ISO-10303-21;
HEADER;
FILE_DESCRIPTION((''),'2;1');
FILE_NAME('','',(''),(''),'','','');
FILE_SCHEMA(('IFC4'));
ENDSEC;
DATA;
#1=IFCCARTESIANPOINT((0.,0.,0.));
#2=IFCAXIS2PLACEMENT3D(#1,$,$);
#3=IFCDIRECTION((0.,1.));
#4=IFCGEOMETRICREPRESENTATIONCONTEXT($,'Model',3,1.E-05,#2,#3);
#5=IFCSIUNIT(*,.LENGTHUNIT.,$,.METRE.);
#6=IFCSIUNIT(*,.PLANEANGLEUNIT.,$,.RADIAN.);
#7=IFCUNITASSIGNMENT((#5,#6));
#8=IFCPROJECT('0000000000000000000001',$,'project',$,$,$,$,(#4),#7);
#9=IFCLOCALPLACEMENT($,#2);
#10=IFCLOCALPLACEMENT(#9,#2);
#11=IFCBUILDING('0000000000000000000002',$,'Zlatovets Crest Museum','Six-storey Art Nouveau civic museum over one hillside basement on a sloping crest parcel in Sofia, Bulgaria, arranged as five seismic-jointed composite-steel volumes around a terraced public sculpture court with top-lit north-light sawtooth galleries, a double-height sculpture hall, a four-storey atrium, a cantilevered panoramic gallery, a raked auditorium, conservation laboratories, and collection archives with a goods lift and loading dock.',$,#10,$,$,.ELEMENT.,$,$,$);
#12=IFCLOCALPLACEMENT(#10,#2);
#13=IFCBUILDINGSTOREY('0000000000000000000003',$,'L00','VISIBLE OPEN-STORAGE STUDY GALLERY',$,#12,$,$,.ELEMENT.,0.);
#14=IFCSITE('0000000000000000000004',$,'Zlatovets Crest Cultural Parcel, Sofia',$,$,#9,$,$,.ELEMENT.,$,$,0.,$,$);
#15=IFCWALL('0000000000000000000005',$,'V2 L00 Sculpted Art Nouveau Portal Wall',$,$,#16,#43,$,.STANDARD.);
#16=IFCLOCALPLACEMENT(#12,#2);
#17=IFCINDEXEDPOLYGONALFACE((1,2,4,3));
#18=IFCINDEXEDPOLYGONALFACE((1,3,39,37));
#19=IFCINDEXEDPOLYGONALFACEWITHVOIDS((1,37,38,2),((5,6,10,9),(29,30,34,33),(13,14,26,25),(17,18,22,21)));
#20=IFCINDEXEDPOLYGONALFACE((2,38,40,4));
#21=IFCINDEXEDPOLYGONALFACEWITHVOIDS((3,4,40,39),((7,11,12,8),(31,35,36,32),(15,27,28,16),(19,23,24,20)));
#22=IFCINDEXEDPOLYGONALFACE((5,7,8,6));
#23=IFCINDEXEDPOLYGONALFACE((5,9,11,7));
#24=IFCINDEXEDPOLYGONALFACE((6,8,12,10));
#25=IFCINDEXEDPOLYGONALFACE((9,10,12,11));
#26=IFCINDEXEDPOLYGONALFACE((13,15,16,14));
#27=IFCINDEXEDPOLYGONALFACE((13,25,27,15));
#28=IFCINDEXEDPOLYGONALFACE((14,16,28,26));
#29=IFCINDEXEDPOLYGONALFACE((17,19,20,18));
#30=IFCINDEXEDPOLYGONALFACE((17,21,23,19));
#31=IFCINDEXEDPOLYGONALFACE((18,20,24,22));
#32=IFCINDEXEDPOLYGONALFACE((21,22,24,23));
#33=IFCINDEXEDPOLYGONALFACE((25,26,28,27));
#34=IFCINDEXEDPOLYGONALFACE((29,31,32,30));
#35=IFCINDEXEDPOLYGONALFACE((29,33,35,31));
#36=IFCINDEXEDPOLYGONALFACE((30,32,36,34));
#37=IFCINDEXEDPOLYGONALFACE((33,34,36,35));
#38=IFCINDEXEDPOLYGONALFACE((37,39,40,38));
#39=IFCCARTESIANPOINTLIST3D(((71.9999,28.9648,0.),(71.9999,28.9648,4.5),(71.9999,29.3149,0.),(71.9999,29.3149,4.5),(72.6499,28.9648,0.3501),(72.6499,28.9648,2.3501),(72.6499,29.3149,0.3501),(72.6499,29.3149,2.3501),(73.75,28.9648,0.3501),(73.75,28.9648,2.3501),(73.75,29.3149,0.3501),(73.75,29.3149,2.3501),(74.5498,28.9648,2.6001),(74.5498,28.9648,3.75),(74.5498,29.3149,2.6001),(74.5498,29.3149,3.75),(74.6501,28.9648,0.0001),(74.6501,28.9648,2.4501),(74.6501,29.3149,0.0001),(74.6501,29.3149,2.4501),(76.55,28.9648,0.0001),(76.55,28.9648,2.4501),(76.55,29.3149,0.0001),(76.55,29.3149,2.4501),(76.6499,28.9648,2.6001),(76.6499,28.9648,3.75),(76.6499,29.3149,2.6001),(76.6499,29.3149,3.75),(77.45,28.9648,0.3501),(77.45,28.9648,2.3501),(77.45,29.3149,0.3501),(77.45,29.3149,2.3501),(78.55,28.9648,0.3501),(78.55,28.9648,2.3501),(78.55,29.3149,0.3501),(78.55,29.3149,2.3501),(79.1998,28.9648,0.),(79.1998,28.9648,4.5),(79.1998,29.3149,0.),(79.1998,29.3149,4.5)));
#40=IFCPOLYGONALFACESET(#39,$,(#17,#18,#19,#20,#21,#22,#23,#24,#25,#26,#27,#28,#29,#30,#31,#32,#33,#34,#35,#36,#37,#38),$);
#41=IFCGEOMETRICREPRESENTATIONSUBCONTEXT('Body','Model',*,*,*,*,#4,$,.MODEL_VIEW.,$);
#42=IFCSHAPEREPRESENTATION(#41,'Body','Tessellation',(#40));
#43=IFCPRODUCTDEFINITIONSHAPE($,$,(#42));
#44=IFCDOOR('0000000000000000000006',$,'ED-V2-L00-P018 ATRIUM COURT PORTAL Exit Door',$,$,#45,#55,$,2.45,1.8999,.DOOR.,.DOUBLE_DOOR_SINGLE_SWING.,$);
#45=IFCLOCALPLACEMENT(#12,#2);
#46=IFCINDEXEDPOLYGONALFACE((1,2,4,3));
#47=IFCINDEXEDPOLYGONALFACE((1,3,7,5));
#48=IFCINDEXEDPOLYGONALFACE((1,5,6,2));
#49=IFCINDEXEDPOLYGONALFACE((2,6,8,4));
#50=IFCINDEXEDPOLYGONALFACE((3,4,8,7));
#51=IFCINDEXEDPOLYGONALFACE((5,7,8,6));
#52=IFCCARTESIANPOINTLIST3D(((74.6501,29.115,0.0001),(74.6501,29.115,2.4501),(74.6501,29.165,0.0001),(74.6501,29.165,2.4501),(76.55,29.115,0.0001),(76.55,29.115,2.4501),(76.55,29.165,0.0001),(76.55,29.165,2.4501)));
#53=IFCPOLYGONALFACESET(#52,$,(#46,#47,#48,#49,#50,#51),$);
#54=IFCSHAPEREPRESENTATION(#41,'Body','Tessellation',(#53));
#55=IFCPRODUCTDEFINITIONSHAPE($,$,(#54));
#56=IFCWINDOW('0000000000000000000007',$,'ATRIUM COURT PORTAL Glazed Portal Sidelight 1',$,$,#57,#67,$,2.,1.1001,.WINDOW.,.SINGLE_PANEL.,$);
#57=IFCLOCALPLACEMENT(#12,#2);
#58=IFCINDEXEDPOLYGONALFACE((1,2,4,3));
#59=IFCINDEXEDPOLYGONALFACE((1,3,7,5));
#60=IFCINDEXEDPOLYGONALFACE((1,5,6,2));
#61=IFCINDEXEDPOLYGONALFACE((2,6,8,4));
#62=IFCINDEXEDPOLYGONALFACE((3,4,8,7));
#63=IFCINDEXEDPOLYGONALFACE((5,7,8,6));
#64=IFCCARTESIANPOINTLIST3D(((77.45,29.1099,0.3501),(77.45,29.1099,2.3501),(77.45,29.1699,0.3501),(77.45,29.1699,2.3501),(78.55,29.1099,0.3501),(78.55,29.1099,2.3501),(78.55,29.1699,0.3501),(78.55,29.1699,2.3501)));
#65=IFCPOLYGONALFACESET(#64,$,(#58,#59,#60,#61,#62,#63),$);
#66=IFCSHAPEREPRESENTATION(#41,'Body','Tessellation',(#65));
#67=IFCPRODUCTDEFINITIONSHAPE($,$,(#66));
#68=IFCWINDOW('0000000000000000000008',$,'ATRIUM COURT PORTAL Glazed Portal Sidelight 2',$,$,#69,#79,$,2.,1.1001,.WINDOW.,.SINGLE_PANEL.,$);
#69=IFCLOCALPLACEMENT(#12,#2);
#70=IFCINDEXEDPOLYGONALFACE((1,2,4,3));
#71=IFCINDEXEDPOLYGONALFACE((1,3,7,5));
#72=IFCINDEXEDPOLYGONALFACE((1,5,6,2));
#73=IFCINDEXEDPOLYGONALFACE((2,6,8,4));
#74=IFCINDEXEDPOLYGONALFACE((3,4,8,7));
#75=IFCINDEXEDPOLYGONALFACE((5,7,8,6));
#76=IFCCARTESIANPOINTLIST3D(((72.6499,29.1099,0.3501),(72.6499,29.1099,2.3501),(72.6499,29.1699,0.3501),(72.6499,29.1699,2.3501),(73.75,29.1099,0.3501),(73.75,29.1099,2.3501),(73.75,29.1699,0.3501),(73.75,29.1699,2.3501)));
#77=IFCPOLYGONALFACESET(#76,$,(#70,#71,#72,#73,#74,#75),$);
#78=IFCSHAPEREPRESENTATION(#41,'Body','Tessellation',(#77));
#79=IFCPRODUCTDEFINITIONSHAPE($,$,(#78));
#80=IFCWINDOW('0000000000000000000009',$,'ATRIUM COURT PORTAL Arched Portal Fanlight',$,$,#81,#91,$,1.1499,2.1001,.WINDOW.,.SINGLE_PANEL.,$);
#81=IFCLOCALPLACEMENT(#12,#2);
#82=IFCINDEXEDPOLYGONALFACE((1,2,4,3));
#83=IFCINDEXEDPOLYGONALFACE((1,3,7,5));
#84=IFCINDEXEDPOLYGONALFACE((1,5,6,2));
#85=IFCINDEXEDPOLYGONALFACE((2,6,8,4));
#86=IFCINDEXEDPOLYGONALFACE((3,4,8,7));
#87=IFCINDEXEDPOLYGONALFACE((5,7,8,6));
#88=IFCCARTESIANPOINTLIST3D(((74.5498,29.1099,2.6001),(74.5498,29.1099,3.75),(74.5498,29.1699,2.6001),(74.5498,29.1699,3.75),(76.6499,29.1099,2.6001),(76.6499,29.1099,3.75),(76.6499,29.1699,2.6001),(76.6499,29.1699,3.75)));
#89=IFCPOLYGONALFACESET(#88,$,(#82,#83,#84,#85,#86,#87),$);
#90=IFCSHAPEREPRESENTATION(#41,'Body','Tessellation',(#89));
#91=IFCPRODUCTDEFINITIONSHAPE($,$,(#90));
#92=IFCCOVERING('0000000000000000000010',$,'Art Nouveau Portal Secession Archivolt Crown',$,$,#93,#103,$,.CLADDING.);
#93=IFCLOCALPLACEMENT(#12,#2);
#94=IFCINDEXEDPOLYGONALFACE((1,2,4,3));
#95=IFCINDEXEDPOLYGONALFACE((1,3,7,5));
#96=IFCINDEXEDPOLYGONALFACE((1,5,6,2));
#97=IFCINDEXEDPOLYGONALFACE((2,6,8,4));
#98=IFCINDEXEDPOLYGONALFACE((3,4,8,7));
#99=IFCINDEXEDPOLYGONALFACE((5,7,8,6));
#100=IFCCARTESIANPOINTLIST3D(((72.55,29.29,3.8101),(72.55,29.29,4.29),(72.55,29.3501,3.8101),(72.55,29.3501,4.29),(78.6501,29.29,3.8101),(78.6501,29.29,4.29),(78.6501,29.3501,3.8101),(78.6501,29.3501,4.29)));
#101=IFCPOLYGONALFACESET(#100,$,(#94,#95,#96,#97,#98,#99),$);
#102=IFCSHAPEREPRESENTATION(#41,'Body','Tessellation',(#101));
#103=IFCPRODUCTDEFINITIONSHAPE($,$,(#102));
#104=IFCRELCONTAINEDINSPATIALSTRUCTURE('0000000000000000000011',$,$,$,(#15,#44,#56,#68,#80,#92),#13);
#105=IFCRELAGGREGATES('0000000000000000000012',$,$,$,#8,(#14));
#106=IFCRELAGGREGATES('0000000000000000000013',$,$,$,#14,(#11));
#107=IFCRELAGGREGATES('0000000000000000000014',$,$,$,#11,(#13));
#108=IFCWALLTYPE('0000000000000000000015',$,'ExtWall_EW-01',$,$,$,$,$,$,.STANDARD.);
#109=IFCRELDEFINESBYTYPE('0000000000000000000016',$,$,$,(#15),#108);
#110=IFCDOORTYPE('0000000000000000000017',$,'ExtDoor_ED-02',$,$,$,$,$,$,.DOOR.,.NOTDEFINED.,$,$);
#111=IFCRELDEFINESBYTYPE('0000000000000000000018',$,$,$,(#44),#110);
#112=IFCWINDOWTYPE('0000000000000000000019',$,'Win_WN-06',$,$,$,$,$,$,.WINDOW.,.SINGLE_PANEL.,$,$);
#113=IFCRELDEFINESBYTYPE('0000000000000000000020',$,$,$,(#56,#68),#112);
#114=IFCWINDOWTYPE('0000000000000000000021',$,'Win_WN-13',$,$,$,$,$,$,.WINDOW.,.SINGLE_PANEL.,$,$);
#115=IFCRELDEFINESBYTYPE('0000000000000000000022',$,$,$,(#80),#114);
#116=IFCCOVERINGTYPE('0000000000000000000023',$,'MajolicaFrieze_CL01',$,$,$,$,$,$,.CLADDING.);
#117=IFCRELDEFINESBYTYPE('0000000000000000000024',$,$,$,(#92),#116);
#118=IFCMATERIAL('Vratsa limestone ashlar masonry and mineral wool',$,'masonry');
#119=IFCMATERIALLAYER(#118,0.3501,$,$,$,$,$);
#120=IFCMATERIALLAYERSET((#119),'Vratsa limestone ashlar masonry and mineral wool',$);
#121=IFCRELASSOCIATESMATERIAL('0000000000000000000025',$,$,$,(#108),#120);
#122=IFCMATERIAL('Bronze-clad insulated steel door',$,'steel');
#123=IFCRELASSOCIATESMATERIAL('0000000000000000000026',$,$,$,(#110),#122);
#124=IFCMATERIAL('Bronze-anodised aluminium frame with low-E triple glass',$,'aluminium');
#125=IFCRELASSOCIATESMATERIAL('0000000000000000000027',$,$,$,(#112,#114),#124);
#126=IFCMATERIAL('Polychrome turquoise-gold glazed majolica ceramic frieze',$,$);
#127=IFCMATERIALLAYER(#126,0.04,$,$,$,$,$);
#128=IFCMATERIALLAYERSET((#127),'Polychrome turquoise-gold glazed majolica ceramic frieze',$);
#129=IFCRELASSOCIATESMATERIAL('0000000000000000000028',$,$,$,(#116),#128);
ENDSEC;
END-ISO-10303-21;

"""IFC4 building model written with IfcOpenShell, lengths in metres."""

from ifc_helpers import new_model, si_unit, direction, frame, frame_2d, origin, origin_2d, place, context, subcontext, project, spatial, rectangle, extrude, material, layer, layer_set, type_object, element, fill, save


model = new_model("IFC4")

# Units and contexts
model_context = context("Model", 3, precision=1e-05, world=origin(), true_north=direction((0.0, 1.0)))
body_context = subcontext(model_context, "Body", "Model", "MODEL_VIEW")
ifc_project = project(units=[si_unit("LENGTHUNIT", "METRE"), si_unit("PLANEANGLEUNIT", "RADIAN")], contexts=[model_context])

# Site, building, storey
site_placement = place(None, origin())
site = spatial("IfcSite", under=ifc_project, at=site_placement, Name="Zlatovets Crest Cultural Parcel, Sofia", CompositionType="ELEMENT", RefElevation=0.0)
building_placement = place(site_placement, origin())
building = spatial("IfcBuilding", under=site, at=building_placement, Name="Zlatovets Crest Museum", Description="Six-storey Art Nouveau civic museum over one hillside basement on a sloping crest parcel in Sofia, Bulgaria, arranged as five seismic-jointed composite-steel volumes around a terraced public sculpture court with top-lit north-light sawtooth galleries, a double-height sculpture hall, a four-storey atrium, a cantilevered panoramic gallery, a raked auditorium, conservation laboratories, and collection archives with a goods lift and loading dock.", CompositionType="ELEMENT")
storey_placement = place(building_placement, origin())
storey = spatial("IfcBuildingStorey", under=building, at=storey_placement, Name="L00", Description="VISIBLE OPEN-STORAGE STUDY GALLERY", CompositionType="ELEMENT", Elevation=0.0)

# Wall, openings, door, windows
ifc_material_1 = material(Name="Vratsa limestone ashlar masonry and mineral wool", Category="masonry")
ifc_layer_1 = layer(ifc_material_1, 0.3501)
ifc_layer_set_1 = layer_set([ifc_layer_1], Name="Vratsa limestone ashlar masonry and mineral wool")
wall_type = type_object("IfcWallType", Name="ExtWall_EW-01", PredefinedType="STANDARD", material=ifc_layer_set_1)
wall_placement = place(storey_placement, frame((79.2, 29.1399, 0.0), z_axis=(0.0, 0.0, 1.0), x_axis=(-1.0, 0.0, 0.0)))
wall = element("IfcWall", 1, at=wall_placement, inside=storey, type_object=wall_type, Name="V2 L00 Sculpted Art Nouveau Portal Wall", PredefinedType="STANDARD", context=body_context, shape_type="SweptSolid", body=[
    extrude(rectangle(XDim=7.2, YDim=0.3501, at=frame_2d((3.6001, 0.0))), origin(), (0.0, 0.0, 1.0), 4.5),
])
opening_1_placement = place(wall_placement, frame((2.6499, 0.0, 0.0)))
opening_1 = element("IfcOpeningElement", 2, at=opening_1_placement, cuts=wall, PredefinedType="OPENING", context=body_context, shape_type="SweptSolid", body=[
    extrude(rectangle(XDim=1.8999, YDim=2.45, at=frame_2d((0.95, 1.2251))), frame((0.0, 0.1851, 0.0), z_axis=(0.0, -1.0, 0.0), x_axis=(1.0, 0.0, 0.0)), (0.0, 0.0, 1.0), 0.3701),
])
opening_2_placement = place(wall_placement, frame((2.55, 0.0, 2.6001)))
opening_2 = element("IfcOpeningElement", 3, at=opening_2_placement, cuts=wall, PredefinedType="OPENING", context=body_context, shape_type="SweptSolid", body=[
    extrude(rectangle(XDim=2.1001, YDim=1.1499, at=frame_2d((1.05, 0.575))), frame((0.0, 0.1851, 0.0), z_axis=(0.0, -1.0, 0.0), x_axis=(1.0, 0.0, 0.0)), (0.0, 0.0, 1.0), 0.3701),
])
opening_3_placement = place(wall_placement, frame((0.6499, 0.0, 0.3501)))
opening_3 = element("IfcOpeningElement", 4, at=opening_3_placement, cuts=wall, PredefinedType="OPENING", context=body_context, shape_type="SweptSolid", body=[
    extrude(rectangle(XDim=1.1001, YDim=2.0, at=frame_2d((0.55, 1.0))), frame((0.0, 0.1851, 0.0), z_axis=(0.0, -1.0, 0.0), x_axis=(1.0, 0.0, 0.0)), (0.0, 0.0, 1.0), 0.3701),
])
opening_4_placement = place(wall_placement, frame((5.45, 0.0, 0.3501)))
opening_4 = element("IfcOpeningElement", 5, at=opening_4_placement, cuts=wall, PredefinedType="OPENING", context=body_context, shape_type="SweptSolid", body=[
    extrude(rectangle(XDim=1.1001, YDim=2.0, at=frame_2d((0.55, 1.0))), frame((0.0, 0.1851, 0.0), z_axis=(0.0, -1.0, 0.0), x_axis=(1.0, 0.0, 0.0)), (0.0, 0.0, 1.0), 0.3701),
])
ifc_material_2 = material(Name="Bronze-clad insulated steel door", Category="steel")
door_type = type_object("IfcDoorType", Name="ExtDoor_ED-02", OperationType="NOTDEFINED", PredefinedType="DOOR", material=ifc_material_2)
door_placement = place(opening_1_placement, origin())
door = element("IfcDoor", 6, at=door_placement, inside=storey, type_object=door_type, Name="ED-V2-L00-P018 ATRIUM COURT PORTAL Exit Door", OperationType="DOUBLE_DOOR_SINGLE_SWING", OverallHeight=2.45, OverallWidth=1.8999, PredefinedType="DOOR", context=body_context, shape_type="SweptSolid", body=[
    extrude(rectangle(XDim=1.8999, YDim=2.45, at=frame_2d((0.95, 1.2251))), frame((0.0, 0.0249, 0.0), z_axis=(0.0, -1.0, 0.0), x_axis=(1.0, 0.0, 0.0)), (0.0, 0.0, 1.0), 0.05),
])
fill(opening_1, door)
ifc_material_3 = material(Name="Bronze-anodised aluminium frame with low-E triple glass", Category="aluminium")
window_type_1 = type_object("IfcWindowType", Name="Win_WN-06", PartitioningType="SINGLE_PANEL", PredefinedType="WINDOW", material=ifc_material_3)
window_1_placement = place(opening_3_placement, origin())
window_1 = element("IfcWindow", 7, at=window_1_placement, inside=storey, type_object=window_type_1, Name="ATRIUM COURT PORTAL Glazed Portal Sidelight 1", OverallHeight=2.0, OverallWidth=1.1001, PartitioningType="SINGLE_PANEL", PredefinedType="WINDOW", context=body_context, shape_type="SweptSolid", body=[
    extrude(rectangle(XDim=1.1001, YDim=2.0, at=frame_2d((0.55, 1.0))), frame((0.0, 0.03, 0.0), z_axis=(0.0, -1.0, 0.0), x_axis=(1.0, 0.0, 0.0)), (0.0, 0.0, 1.0), 0.0601),
])
fill(opening_3, window_1)
window_2_placement = place(opening_4_placement, origin())
window_2 = element("IfcWindow", 8, at=window_2_placement, inside=storey, type_object=window_type_1, Name="ATRIUM COURT PORTAL Glazed Portal Sidelight 2", OverallHeight=2.0, OverallWidth=1.1001, PartitioningType="SINGLE_PANEL", PredefinedType="WINDOW", context=body_context, shape_type="SweptSolid", body=[
    extrude(rectangle(XDim=1.1001, YDim=2.0, at=frame_2d((0.55, 1.0))), frame((0.0, 0.03, 0.0), z_axis=(0.0, -1.0, 0.0), x_axis=(1.0, 0.0, 0.0)), (0.0, 0.0, 1.0), 0.0601),
])
fill(opening_4, window_2)
window_type_2 = type_object("IfcWindowType", Name="Win_WN-13", PartitioningType="SINGLE_PANEL", PredefinedType="WINDOW", material=ifc_material_3)
window_3_placement = place(opening_2_placement, origin())
window_3 = element("IfcWindow", 9, at=window_3_placement, inside=storey, type_object=window_type_2, Name="ATRIUM COURT PORTAL Arched Portal Fanlight", OverallHeight=1.1499, OverallWidth=2.1001, PartitioningType="SINGLE_PANEL", PredefinedType="WINDOW", context=body_context, shape_type="SweptSolid", body=[
    extrude(rectangle(XDim=2.1001, YDim=1.1499, at=frame_2d((1.05, 0.575))), frame((0.0, 0.03, 0.0), z_axis=(0.0, -1.0, 0.0), x_axis=(1.0, 0.0, 0.0)), (0.0, 0.0, 1.0), 0.0601),
])
fill(opening_2, window_3)

# Covering
ifc_material_4 = material(Name="Polychrome turquoise-gold glazed majolica ceramic frieze")
ifc_layer_2 = layer(ifc_material_4, 0.04)
ifc_layer_set_2 = layer_set([ifc_layer_2], Name="Polychrome turquoise-gold glazed majolica ceramic frieze")
covering_type = type_object("IfcCoveringType", Name="MajolicaFrieze_CL01", PredefinedType="CLADDING", material=ifc_layer_set_2)
covering_placement = place(storey_placement, frame((75.6001, 29.3201, 3.8101), z_axis=(0.0, 0.0, 1.0), x_axis=(1.0, 0.0, 0.0)))
element("IfcCovering", 10, at=covering_placement, inside=storey, type_object=covering_type, Name="Art Nouveau Portal Secession Archivolt Crown", PredefinedType="CLADDING", context=body_context, shape_type="SweptSolid", body=[
    extrude(rectangle(XDim=6.1001, YDim=0.0601, at=origin_2d()), origin(), (0.0, 0.0, 1.0), 0.48),
])

save(model, "model.ifc")
